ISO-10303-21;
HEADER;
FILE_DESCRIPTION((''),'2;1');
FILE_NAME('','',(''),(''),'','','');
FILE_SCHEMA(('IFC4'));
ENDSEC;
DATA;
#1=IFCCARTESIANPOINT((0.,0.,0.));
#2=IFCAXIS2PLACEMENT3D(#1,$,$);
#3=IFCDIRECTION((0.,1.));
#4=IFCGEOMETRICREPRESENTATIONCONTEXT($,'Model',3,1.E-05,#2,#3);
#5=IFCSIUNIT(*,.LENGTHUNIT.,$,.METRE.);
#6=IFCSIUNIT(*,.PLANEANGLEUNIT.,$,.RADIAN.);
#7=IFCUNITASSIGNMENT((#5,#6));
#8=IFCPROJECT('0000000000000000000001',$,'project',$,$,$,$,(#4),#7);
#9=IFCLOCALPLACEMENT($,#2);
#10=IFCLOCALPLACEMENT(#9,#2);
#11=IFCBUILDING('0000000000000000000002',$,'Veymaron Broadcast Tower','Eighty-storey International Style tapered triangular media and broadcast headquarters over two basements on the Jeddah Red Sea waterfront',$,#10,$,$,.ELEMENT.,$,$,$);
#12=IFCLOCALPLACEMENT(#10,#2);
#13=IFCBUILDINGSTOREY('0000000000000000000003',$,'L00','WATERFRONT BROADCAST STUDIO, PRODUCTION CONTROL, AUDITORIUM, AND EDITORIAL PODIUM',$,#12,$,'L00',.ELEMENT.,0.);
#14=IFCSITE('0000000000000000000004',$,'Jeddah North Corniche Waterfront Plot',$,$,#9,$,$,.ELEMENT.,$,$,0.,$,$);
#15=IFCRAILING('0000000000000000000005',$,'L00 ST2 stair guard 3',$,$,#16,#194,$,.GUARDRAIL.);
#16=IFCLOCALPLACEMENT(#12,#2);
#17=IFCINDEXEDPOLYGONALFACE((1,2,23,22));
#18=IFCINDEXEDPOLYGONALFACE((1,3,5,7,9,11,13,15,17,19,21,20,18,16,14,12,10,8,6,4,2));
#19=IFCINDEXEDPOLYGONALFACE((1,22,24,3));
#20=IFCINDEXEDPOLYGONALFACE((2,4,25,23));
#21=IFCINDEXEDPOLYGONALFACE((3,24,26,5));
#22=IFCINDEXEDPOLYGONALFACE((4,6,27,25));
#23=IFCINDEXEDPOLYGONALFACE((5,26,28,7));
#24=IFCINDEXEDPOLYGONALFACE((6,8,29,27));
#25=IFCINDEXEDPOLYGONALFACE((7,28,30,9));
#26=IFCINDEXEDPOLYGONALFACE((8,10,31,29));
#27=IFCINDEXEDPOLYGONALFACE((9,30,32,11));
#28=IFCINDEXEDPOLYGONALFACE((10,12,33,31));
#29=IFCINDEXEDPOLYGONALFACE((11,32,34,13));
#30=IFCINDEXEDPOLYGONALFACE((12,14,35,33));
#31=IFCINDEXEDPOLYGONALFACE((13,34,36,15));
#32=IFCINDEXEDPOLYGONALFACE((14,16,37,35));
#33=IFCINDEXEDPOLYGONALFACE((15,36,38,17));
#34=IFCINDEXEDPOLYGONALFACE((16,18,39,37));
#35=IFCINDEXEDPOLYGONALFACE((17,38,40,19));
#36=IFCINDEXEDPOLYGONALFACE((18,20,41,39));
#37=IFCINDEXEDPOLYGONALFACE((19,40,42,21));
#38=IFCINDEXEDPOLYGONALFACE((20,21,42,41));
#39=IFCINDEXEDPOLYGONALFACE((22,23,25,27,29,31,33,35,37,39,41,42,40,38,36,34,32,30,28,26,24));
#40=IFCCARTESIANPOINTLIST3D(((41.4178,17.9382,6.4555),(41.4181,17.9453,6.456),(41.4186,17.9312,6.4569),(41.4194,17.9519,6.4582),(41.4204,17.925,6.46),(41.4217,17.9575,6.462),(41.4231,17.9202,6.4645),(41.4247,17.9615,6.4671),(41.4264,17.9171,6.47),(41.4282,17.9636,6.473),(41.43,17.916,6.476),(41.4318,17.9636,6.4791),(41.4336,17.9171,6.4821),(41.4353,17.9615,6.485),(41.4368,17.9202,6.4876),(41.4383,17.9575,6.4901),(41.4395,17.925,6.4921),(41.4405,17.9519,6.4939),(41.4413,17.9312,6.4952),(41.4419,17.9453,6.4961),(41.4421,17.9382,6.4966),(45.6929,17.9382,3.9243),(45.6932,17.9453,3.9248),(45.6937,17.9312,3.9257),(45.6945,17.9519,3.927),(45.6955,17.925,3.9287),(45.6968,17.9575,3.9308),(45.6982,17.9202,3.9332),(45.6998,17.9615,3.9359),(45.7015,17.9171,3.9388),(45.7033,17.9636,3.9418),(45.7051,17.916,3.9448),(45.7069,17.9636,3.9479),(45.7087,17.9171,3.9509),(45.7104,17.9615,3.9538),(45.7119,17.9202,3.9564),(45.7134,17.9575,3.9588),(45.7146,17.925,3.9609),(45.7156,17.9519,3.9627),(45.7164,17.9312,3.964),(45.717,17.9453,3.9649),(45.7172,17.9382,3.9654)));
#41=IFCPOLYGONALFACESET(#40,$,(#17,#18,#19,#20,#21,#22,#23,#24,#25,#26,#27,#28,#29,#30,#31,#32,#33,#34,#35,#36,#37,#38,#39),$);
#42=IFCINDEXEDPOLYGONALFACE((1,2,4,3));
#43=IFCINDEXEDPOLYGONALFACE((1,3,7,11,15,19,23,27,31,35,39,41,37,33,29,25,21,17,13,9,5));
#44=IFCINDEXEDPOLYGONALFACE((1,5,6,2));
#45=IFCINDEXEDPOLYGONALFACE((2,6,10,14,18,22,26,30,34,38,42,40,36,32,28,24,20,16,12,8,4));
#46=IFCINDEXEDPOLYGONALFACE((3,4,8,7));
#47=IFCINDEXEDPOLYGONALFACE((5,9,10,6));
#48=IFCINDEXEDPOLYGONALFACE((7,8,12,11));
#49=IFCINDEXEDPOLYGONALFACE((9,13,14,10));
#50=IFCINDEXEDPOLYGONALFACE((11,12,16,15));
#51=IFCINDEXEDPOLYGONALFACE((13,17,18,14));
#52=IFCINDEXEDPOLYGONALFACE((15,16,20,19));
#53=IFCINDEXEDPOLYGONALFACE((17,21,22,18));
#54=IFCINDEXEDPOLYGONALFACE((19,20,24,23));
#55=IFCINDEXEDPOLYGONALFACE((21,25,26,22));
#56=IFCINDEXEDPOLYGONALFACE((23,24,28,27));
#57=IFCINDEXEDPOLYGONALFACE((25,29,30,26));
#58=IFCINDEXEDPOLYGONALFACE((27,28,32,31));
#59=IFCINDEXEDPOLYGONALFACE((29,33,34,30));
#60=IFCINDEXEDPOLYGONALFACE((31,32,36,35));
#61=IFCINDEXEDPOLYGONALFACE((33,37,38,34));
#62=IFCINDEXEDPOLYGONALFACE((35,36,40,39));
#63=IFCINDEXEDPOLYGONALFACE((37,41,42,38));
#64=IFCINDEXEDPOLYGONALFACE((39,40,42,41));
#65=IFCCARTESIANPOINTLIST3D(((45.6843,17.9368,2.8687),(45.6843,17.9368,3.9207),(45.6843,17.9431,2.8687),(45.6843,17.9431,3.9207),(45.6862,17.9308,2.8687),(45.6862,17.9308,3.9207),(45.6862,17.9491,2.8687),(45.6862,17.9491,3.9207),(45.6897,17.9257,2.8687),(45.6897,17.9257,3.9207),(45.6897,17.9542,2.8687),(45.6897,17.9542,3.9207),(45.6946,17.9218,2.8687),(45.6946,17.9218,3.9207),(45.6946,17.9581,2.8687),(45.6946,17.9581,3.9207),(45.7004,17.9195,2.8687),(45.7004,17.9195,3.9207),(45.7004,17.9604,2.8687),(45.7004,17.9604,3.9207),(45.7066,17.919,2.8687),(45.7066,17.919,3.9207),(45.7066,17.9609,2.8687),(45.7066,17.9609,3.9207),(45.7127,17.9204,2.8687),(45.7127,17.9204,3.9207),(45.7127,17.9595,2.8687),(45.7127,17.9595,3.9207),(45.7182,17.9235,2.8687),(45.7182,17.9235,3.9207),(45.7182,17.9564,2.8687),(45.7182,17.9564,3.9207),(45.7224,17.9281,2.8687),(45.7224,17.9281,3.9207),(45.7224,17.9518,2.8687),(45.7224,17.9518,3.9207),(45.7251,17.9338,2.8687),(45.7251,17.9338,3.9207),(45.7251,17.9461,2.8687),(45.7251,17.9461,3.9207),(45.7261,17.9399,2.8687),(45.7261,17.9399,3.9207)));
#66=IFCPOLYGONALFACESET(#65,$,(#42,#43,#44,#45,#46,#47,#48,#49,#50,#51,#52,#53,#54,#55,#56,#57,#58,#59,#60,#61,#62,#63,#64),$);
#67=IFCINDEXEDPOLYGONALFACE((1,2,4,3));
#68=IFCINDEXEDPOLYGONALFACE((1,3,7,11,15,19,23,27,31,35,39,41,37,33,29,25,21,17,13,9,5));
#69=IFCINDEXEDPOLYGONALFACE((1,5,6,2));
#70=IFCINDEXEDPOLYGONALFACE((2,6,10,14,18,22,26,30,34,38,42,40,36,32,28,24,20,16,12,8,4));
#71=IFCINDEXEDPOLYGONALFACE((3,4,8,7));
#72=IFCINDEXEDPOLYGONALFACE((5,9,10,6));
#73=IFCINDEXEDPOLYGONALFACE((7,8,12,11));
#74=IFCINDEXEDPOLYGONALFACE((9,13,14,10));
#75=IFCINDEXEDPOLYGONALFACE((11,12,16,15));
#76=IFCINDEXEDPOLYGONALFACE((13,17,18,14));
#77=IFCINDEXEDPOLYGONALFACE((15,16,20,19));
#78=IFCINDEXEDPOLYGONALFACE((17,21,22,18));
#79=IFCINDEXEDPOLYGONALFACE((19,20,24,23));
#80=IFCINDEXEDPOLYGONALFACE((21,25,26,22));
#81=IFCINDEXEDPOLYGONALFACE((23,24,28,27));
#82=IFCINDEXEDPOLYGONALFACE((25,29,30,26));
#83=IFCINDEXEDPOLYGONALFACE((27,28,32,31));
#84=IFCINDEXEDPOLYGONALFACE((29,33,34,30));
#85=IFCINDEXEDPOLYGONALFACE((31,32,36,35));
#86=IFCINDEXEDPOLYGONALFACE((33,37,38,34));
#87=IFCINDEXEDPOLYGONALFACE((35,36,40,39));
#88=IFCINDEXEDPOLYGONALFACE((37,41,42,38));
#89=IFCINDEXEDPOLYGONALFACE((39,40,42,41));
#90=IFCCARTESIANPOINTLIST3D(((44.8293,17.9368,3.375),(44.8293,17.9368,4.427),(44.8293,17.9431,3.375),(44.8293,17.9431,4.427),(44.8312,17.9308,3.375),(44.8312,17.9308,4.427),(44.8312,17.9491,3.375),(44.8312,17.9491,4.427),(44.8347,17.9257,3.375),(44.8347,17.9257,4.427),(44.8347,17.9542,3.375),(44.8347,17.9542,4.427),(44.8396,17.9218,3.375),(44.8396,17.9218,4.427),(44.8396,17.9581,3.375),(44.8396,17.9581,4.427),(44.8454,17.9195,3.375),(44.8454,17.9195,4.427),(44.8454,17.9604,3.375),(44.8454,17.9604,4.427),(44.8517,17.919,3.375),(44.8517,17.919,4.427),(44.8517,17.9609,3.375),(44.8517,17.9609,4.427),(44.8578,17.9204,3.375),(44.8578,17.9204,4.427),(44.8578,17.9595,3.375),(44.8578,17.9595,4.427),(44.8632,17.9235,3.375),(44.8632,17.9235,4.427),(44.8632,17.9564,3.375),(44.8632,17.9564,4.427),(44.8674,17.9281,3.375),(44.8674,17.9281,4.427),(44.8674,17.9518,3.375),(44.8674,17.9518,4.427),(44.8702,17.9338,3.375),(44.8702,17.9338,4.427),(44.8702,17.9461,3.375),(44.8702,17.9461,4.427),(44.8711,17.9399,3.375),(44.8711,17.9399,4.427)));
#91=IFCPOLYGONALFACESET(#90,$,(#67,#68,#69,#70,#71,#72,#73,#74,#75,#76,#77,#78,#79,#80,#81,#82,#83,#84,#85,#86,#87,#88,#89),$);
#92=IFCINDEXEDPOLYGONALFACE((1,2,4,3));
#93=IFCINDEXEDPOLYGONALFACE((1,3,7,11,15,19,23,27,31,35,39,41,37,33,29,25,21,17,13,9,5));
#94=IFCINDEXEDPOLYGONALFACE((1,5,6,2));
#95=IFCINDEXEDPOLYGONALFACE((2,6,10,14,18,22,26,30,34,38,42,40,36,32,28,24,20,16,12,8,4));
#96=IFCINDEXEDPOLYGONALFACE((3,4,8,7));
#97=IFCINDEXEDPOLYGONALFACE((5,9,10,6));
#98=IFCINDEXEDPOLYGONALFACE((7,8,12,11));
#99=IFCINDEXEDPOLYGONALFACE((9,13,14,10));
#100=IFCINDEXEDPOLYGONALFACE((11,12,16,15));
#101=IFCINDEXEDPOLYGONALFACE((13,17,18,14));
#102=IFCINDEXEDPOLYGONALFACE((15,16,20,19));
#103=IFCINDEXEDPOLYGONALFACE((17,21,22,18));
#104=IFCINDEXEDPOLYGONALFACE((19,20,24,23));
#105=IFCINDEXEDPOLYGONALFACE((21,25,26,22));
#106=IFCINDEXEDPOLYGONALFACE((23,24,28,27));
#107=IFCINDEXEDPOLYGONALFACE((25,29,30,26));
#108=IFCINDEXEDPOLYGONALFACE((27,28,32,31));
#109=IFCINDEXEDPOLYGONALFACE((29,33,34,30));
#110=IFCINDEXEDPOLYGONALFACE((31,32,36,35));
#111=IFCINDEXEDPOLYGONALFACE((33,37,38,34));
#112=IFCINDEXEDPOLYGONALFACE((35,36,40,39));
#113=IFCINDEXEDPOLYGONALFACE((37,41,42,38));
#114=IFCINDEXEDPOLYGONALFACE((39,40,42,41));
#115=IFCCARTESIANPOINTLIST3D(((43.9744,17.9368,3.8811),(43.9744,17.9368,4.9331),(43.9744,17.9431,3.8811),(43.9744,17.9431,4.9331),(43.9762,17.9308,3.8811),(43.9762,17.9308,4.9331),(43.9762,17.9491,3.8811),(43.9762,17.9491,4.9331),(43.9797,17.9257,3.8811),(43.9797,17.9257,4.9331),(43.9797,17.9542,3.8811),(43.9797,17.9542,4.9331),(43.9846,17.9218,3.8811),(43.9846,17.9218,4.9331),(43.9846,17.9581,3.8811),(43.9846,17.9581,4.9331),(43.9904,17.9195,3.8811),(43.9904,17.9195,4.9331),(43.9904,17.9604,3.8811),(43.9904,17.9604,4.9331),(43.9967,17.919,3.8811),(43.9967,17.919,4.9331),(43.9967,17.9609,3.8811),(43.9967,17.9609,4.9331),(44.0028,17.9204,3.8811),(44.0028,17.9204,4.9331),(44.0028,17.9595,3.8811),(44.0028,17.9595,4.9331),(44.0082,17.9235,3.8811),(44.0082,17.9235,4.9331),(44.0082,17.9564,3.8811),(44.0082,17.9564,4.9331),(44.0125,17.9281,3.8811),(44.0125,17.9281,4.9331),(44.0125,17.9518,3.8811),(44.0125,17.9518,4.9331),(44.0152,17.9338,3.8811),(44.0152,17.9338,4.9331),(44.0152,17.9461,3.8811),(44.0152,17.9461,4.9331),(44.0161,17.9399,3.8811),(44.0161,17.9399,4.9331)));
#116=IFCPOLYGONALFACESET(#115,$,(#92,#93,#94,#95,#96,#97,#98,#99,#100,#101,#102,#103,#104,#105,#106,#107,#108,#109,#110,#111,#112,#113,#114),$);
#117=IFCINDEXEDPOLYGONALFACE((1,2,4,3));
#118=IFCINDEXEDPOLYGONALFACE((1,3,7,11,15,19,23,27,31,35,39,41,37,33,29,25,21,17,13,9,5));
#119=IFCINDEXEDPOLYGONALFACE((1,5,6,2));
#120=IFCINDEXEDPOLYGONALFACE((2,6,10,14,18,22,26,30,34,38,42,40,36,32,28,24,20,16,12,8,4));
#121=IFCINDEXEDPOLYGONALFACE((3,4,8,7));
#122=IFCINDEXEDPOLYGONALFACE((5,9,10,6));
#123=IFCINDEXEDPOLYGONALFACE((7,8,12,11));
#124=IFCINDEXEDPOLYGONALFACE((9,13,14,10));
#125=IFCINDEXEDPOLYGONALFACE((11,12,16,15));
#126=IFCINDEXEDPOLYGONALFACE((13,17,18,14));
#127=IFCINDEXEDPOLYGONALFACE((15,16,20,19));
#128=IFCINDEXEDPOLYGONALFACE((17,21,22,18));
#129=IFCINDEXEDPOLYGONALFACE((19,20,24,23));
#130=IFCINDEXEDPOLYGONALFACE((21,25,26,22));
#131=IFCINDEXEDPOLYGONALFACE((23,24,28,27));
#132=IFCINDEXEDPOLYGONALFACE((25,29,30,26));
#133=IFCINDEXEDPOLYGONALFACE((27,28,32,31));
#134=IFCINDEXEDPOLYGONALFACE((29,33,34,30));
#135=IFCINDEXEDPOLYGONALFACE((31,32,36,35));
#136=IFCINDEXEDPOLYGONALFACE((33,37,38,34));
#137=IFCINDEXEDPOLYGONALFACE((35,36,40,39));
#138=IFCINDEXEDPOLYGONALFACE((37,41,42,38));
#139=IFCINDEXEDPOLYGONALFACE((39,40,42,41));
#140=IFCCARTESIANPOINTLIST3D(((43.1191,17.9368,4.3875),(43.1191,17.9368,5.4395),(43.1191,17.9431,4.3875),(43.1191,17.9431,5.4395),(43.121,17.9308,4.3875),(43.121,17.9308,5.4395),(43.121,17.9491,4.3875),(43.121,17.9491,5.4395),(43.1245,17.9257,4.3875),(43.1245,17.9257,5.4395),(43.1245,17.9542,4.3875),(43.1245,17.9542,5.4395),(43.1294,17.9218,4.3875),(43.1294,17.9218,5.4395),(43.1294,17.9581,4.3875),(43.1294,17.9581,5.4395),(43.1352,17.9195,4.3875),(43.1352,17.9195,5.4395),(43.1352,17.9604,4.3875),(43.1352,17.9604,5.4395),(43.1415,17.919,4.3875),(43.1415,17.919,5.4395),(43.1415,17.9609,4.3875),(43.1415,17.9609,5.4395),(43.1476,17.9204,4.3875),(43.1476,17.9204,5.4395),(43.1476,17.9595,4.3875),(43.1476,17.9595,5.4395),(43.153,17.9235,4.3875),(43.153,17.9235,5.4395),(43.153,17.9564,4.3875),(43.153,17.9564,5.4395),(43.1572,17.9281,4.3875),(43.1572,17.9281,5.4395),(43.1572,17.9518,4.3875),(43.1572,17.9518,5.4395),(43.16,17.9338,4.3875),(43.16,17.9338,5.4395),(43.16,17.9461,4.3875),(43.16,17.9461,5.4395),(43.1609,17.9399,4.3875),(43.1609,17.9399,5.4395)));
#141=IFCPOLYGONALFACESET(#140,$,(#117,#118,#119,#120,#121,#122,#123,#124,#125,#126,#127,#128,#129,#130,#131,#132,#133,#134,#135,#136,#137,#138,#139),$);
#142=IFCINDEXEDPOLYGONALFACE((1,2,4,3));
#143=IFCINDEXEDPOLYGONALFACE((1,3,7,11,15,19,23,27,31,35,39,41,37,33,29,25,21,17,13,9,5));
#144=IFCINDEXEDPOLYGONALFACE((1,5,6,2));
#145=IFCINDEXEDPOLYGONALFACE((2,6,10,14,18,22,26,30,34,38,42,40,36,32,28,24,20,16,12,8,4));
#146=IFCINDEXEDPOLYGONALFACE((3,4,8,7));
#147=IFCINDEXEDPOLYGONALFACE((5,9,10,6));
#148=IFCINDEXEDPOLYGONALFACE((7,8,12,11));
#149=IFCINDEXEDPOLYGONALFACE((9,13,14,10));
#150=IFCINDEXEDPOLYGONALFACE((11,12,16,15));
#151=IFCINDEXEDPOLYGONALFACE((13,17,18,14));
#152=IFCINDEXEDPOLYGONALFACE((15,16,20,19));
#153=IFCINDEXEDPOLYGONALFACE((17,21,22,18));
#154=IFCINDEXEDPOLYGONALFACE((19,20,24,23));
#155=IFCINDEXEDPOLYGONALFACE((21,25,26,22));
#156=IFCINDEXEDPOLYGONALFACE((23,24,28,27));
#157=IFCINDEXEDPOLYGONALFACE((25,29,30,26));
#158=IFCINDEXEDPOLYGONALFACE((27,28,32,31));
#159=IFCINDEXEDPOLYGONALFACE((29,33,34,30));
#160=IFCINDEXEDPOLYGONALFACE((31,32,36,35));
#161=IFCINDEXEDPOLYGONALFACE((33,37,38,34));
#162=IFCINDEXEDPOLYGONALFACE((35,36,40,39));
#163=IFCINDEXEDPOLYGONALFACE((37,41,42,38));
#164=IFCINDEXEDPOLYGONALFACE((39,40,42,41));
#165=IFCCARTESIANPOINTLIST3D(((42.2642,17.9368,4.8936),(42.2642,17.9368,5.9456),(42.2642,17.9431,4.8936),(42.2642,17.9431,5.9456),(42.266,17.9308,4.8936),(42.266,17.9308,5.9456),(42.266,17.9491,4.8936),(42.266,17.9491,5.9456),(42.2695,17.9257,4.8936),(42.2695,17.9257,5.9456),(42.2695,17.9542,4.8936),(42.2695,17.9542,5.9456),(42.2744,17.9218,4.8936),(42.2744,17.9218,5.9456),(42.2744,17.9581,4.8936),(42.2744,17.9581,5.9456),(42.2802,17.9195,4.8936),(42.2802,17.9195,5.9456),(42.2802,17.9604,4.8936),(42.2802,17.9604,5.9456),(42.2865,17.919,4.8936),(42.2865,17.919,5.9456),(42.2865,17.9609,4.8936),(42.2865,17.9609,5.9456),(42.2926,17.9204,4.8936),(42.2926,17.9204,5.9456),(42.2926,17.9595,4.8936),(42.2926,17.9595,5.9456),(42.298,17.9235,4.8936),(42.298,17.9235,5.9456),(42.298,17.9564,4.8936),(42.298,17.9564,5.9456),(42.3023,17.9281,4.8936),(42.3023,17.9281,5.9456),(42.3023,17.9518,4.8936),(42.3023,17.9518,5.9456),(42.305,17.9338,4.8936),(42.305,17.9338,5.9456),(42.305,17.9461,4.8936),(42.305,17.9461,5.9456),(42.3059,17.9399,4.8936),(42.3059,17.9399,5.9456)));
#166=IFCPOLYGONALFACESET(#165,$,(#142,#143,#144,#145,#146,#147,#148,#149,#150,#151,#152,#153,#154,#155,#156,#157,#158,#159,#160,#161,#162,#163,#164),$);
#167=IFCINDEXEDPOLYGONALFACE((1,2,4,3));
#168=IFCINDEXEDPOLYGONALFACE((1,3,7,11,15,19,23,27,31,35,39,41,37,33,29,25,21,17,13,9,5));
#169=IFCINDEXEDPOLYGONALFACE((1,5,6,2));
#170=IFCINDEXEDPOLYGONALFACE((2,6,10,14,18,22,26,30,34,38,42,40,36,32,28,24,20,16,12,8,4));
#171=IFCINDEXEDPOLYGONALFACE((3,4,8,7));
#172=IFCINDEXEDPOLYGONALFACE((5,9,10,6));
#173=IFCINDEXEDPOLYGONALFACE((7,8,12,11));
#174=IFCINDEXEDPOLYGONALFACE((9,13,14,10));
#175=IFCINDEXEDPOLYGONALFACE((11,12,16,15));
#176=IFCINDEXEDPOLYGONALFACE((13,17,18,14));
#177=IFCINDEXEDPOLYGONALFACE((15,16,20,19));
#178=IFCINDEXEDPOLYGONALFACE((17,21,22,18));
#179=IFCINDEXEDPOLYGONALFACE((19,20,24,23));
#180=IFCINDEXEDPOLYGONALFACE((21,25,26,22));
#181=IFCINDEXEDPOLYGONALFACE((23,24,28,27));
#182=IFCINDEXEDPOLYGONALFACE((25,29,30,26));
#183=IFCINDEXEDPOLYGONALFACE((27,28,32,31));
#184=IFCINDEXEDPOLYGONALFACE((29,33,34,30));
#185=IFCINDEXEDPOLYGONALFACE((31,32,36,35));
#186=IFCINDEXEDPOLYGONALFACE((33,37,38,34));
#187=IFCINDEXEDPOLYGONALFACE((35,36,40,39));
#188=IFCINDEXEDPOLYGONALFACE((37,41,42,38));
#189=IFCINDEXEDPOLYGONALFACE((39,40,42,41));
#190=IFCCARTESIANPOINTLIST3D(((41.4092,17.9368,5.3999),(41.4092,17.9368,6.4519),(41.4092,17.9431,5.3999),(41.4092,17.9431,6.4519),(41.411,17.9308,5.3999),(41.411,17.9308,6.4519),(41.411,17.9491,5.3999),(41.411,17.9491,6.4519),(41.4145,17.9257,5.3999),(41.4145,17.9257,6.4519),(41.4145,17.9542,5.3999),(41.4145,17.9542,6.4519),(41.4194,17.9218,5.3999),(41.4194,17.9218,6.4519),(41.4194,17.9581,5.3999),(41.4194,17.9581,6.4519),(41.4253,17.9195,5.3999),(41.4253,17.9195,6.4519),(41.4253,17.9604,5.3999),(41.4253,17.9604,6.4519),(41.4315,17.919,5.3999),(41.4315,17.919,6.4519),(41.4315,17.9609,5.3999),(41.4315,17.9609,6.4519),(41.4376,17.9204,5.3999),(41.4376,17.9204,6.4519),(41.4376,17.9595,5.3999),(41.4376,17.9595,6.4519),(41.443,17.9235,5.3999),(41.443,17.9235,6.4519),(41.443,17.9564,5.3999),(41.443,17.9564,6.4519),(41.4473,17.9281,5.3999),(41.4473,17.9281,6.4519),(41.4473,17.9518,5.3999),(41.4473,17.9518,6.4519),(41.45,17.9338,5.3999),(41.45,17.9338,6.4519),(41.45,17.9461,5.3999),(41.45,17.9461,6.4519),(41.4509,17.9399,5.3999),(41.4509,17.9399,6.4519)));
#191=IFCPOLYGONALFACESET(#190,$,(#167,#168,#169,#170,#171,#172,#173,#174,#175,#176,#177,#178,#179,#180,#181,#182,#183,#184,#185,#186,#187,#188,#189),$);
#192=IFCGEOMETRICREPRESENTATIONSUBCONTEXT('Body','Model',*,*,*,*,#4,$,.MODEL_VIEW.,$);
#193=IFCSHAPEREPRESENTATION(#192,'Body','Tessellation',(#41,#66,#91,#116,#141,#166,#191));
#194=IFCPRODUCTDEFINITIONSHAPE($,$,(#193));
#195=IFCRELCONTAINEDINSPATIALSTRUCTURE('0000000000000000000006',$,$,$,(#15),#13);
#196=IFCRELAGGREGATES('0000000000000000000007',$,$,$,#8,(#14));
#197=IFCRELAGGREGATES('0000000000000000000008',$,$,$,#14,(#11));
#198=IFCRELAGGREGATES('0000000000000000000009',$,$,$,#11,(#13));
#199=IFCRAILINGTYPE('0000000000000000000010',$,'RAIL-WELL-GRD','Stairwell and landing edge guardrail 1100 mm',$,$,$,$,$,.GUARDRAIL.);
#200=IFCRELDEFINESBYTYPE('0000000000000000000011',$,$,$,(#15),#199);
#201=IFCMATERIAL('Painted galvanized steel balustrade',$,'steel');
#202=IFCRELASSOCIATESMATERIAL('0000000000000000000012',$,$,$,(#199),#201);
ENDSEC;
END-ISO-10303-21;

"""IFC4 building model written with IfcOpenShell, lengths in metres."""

from ifc_helpers import new_model, si_unit, direction, frame, origin, origin_2d, place, context, subcontext, project, spatial, circle, extrude, material, type_object, element, save


model = new_model("IFC4")

# Units and contexts
model_context = context("Model", 3, precision=1e-05, world=origin(), true_north=direction((0.0, 1.0)))
body_context = subcontext(model_context, "Body", "Model", "MODEL_VIEW")
ifc_project = project(units=[si_unit("LENGTHUNIT", "METRE"), si_unit("PLANEANGLEUNIT", "RADIAN")], contexts=[model_context])

# Site, building, storey
site_placement = place(None, origin())
site = spatial("IfcSite", under=ifc_project, at=site_placement, Name="Jeddah North Corniche Waterfront Plot", CompositionType="ELEMENT", RefElevation=0.0)
building_placement = place(site_placement, origin())
building = spatial("IfcBuilding", under=site, at=building_placement, Name="Veymaron Broadcast Tower", Description="Eighty-storey International Style tapered triangular media and broadcast headquarters over two basements on the Jeddah Red Sea waterfront", CompositionType="ELEMENT")
storey_placement = place(building_placement, origin())
storey = spatial("IfcBuildingStorey", under=building, at=storey_placement, Name="L00", Description="WATERFRONT BROADCAST STUDIO, PRODUCTION CONTROL, AUDITORIUM, AND EDITORIAL PODIUM", LongName="L00", CompositionType="ELEMENT", Elevation=0.0)

# Railing
ifc_material_1 = material(Name="Painted galvanized steel balustrade", Category="steel")
railing_type_1 = type_object("IfcRailingType", Name="RAIL-WELL-GRD", Description="Stairwell and landing edge guardrail 1100 mm", PredefinedType="GUARDRAIL", material=ifc_material_1)
railing_1_placement = place(storey_placement, frame((45.7051, 17.9399, 2.8687)))
element("IfcRailing", 1, at=railing_1_placement, inside=storey, type_object=railing_type_1, Name="L00 ST2 stair guard 3", PredefinedType="GUARDRAIL", context=body_context, shape_type="SweptSolid", body=[
    extrude(circle(Radius=0.0239, at=origin_2d()), frame((0.0, 0.0, 1.0762), z_axis=(-0.860483, 0.0, 0.509479), x_axis=(0.0, -1.0, 0.0)), (0.0, 0.0, 1.0), 4.9683),
    extrude(circle(Radius=0.021, at=origin_2d()), origin(), (0.0, 0.0, 1.0), 1.052),
    extrude(circle(Radius=0.021, at=origin_2d()), frame((-0.855, 0.0, 0.5063)), (0.0, 0.0, 1.0), 1.052),
    extrude(circle(Radius=0.021, at=origin_2d()), frame((-1.71, 0.0, 1.0125)), (0.0, 0.0, 1.0), 1.052),
    extrude(circle(Radius=0.021, at=origin_2d()), frame((-2.5652, 0.0, 1.5188)), (0.0, 0.0, 1.0), 1.052),
    extrude(circle(Radius=0.021, at=origin_2d()), frame((-3.4202, 0.0, 2.0249)), (0.0, 0.0, 1.0), 1.052),
    extrude(circle(Radius=0.021, at=origin_2d()), frame((-4.2751, 0.0, 2.5312)), (0.0, 0.0, 1.0), 1.052),
])

save(model, "model.ifc")
